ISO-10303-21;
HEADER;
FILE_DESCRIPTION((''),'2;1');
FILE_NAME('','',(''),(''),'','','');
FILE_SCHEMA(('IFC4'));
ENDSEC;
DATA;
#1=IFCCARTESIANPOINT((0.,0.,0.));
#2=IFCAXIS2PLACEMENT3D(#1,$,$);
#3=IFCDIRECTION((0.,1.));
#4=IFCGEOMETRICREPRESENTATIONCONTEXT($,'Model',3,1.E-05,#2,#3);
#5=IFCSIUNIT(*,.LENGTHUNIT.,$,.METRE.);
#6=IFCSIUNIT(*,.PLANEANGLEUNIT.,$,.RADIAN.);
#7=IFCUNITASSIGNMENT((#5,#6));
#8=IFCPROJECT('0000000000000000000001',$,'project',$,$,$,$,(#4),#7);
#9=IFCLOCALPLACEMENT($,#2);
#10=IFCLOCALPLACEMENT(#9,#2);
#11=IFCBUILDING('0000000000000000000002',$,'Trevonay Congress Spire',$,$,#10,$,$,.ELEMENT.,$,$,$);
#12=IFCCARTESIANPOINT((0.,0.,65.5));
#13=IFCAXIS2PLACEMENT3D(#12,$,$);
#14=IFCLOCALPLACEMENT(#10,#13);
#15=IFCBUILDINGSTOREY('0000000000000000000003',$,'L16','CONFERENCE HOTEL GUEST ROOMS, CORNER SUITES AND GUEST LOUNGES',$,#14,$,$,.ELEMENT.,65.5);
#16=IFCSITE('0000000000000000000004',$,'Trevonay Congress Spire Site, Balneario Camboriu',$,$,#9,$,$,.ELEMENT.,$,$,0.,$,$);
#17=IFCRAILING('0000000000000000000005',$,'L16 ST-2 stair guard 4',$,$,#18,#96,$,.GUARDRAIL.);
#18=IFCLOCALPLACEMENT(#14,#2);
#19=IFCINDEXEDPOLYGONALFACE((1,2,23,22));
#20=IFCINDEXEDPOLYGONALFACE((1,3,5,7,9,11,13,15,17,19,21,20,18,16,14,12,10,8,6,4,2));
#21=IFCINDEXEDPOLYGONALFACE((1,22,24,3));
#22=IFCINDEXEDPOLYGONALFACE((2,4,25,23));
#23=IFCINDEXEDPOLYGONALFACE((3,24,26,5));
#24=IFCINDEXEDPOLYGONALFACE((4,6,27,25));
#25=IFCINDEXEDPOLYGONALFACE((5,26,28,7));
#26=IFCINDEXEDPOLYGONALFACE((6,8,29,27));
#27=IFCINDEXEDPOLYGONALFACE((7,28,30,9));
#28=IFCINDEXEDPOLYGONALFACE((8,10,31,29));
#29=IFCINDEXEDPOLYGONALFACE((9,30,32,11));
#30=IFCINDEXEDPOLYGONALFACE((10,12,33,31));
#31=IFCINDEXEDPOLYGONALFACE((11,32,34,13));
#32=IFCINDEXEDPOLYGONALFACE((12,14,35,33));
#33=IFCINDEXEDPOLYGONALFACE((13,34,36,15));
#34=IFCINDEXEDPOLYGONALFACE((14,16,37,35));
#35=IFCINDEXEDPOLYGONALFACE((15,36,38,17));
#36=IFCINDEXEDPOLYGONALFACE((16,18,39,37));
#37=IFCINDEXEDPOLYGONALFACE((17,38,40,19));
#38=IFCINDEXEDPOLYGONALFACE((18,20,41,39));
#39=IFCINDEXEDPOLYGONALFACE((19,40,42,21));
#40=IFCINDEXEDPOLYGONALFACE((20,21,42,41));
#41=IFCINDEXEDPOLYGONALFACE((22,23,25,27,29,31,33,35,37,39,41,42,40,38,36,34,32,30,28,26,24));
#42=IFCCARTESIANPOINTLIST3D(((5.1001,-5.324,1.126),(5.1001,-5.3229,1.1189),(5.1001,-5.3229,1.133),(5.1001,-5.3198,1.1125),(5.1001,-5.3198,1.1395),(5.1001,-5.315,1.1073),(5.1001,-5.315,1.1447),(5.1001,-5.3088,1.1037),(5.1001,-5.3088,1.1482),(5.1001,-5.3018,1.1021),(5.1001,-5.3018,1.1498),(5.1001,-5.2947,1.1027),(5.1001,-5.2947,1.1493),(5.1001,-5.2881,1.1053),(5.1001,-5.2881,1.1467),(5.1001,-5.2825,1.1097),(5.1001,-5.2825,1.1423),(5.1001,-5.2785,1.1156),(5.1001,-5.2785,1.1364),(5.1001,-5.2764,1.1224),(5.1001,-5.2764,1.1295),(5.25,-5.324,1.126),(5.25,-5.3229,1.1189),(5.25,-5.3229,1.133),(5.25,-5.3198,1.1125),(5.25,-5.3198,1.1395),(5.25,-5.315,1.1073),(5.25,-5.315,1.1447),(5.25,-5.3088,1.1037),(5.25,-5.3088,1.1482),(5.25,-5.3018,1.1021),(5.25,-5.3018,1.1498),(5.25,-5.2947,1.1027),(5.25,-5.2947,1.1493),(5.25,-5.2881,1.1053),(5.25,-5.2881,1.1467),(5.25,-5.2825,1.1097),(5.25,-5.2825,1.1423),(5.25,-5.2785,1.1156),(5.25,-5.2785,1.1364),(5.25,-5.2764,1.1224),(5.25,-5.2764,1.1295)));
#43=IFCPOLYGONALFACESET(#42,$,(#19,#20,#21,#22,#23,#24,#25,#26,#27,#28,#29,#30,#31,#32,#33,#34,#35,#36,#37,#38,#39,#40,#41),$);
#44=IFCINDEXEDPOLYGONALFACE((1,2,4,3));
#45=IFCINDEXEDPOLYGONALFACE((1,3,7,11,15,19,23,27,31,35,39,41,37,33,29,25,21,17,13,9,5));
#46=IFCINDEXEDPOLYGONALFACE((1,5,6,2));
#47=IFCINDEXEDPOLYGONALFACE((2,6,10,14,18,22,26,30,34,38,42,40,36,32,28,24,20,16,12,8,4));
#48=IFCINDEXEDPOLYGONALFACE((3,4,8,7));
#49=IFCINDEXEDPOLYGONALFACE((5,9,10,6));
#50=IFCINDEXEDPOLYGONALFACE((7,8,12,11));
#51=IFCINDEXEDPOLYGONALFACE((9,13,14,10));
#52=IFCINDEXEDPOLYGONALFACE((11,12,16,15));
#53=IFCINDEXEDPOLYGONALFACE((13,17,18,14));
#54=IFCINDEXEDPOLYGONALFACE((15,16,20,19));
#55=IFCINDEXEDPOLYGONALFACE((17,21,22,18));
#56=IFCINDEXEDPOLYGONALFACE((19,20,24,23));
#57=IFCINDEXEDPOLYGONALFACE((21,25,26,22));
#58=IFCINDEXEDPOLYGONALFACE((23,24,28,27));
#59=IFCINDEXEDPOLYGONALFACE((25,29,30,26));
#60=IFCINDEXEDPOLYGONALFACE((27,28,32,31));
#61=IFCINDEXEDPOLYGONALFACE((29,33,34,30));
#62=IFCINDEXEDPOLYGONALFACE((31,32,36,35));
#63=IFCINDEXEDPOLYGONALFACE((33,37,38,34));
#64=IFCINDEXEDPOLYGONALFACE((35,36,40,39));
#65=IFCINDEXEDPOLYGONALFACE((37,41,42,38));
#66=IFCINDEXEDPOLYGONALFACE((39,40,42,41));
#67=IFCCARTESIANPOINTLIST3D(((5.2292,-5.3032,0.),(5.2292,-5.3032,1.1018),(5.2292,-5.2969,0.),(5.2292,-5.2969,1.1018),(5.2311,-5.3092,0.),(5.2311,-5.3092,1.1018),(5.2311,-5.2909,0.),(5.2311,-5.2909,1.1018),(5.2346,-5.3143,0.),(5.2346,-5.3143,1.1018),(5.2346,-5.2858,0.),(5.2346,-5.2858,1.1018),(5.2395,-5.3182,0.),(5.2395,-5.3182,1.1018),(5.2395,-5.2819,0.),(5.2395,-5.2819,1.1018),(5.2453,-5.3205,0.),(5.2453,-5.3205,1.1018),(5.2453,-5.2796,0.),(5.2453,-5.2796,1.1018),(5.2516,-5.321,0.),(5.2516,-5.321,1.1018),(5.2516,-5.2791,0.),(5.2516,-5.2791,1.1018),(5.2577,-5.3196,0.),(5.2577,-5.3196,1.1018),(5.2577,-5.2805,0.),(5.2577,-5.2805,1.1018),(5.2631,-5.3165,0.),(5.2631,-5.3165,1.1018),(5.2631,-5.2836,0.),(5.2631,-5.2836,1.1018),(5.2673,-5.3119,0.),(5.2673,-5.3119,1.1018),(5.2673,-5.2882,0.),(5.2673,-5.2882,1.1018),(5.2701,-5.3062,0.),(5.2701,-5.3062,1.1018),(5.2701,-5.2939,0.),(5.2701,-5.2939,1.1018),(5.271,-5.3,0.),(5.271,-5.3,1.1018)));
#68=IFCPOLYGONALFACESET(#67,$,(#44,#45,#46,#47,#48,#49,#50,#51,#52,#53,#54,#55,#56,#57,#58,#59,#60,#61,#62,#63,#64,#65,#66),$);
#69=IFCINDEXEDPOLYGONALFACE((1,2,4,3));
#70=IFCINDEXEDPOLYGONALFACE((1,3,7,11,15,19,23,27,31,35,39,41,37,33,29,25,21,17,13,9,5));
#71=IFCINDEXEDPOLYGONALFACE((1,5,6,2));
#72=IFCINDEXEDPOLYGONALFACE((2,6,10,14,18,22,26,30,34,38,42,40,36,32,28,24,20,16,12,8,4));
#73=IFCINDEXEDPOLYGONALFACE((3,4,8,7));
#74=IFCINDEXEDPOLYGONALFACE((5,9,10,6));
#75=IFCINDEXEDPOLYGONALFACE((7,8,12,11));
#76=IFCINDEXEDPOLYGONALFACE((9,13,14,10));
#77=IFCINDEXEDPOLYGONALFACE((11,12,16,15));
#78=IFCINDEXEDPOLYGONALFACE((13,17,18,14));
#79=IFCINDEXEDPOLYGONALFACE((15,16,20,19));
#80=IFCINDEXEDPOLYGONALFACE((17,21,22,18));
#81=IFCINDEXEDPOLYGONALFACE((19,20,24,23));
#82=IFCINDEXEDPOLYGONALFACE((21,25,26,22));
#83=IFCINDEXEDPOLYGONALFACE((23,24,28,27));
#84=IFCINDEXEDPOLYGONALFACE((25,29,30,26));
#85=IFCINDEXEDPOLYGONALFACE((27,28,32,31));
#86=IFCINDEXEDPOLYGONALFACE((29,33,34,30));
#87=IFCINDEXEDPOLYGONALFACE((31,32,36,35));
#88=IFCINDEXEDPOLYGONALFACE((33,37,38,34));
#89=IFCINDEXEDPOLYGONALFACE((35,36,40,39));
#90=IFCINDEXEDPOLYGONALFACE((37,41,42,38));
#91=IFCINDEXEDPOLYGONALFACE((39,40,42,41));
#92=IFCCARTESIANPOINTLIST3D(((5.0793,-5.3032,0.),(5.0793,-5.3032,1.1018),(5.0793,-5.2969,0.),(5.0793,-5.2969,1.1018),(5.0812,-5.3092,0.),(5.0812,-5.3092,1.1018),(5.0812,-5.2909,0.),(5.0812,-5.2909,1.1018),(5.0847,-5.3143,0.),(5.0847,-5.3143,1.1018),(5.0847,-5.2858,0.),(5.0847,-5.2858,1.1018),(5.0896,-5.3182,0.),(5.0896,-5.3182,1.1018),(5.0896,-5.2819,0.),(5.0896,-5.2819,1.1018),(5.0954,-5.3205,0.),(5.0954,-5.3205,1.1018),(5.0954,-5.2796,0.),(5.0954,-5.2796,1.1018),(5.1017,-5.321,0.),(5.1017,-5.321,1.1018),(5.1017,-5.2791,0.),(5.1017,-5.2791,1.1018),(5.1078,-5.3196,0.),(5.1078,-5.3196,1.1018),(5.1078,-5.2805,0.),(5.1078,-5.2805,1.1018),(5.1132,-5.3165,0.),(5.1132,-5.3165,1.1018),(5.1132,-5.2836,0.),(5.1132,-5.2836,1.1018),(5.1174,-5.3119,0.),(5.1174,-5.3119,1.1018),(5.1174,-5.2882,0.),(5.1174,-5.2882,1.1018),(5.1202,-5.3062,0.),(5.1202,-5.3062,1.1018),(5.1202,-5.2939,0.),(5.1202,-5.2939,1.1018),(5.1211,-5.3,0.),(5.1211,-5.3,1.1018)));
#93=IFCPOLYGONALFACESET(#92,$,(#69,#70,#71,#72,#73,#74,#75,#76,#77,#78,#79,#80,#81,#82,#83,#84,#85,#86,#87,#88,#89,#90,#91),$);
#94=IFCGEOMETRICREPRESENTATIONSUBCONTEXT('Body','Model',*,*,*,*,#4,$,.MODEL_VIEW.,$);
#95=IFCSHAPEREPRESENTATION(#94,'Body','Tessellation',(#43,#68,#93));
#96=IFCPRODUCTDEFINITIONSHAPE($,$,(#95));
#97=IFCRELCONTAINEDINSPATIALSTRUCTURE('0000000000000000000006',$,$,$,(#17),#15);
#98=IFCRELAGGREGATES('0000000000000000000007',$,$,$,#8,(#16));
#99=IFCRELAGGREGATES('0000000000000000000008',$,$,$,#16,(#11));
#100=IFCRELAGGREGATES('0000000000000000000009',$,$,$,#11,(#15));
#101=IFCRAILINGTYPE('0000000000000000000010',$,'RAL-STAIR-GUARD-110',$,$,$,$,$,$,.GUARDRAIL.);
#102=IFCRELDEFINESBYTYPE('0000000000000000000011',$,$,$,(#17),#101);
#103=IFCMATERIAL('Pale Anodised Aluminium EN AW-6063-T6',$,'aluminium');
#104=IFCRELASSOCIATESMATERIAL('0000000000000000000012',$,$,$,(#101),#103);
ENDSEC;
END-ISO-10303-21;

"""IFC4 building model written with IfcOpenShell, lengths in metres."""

from ifc_helpers import new_model, si_unit, direction, frame, origin, origin_2d, place, context, subcontext, project, spatial, circle, extrude, material, type_object, element, save


model = new_model("IFC4")

# Units and contexts
model_context = context("Model", 3, precision=1e-05, world=origin(), true_north=direction((0.0, 1.0)))
body_context = subcontext(model_context, "Body", "Model", "MODEL_VIEW")
ifc_project = project(units=[si_unit("LENGTHUNIT", "METRE"), si_unit("PLANEANGLEUNIT", "RADIAN")], contexts=[model_context])

# Site, building, storey
site_placement = place(None, origin())
site = spatial("IfcSite", under=ifc_project, at=site_placement, Name="Trevonay Congress Spire Site, Balneario Camboriu", CompositionType="ELEMENT", RefElevation=0.0)
building_placement = place(site_placement, origin())
building = spatial("IfcBuilding", under=site, at=building_placement, Name="Trevonay Congress Spire", CompositionType="ELEMENT")
storey_placement = place(building_placement, frame((0.0, 0.0, 65.5)))
storey = spatial("IfcBuildingStorey", under=building, at=storey_placement, Name="L16", Description="CONFERENCE HOTEL GUEST ROOMS, CORNER SUITES AND GUEST LOUNGES", CompositionType="ELEMENT", Elevation=65.5)

# Shared definitions
ifc_material_1 = material(Name="Pale Anodised Aluminium EN AW-6063-T6", Category="aluminium")

# Railing
railing_type_1 = type_object("IfcRailingType", Name="RAL-STAIR-GUARD-110", PredefinedType="GUARDRAIL", material=ifc_material_1)
railing_1_placement = place(storey_placement, frame((5.25, -5.3, 0.0)))
element("IfcRailing", 1, at=railing_1_placement, inside=storey, type_object=railing_type_1, Name="L16 ST-2 stair guard 4", PredefinedType="GUARDRAIL", context=body_context, shape_type="SweptSolid", body=[
    extrude(circle(Radius=0.0239, at=origin_2d()), frame((0.0, 0.0, 1.126), z_axis=(-1.0, 0.0, 0.0), x_axis=(0.0, -1.0, 0.0)), (0.0, 0.0, 1.0), 0.1499),
    extrude(circle(Radius=0.021, at=origin_2d()), origin(), (0.0, 0.0, 1.0), 1.1018),
    extrude(circle(Radius=0.021, at=origin_2d()), frame((-0.1499, 0.0, 0.0)), (0.0, 0.0, 1.0), 1.1018),
])

save(model, "model.ifc")
